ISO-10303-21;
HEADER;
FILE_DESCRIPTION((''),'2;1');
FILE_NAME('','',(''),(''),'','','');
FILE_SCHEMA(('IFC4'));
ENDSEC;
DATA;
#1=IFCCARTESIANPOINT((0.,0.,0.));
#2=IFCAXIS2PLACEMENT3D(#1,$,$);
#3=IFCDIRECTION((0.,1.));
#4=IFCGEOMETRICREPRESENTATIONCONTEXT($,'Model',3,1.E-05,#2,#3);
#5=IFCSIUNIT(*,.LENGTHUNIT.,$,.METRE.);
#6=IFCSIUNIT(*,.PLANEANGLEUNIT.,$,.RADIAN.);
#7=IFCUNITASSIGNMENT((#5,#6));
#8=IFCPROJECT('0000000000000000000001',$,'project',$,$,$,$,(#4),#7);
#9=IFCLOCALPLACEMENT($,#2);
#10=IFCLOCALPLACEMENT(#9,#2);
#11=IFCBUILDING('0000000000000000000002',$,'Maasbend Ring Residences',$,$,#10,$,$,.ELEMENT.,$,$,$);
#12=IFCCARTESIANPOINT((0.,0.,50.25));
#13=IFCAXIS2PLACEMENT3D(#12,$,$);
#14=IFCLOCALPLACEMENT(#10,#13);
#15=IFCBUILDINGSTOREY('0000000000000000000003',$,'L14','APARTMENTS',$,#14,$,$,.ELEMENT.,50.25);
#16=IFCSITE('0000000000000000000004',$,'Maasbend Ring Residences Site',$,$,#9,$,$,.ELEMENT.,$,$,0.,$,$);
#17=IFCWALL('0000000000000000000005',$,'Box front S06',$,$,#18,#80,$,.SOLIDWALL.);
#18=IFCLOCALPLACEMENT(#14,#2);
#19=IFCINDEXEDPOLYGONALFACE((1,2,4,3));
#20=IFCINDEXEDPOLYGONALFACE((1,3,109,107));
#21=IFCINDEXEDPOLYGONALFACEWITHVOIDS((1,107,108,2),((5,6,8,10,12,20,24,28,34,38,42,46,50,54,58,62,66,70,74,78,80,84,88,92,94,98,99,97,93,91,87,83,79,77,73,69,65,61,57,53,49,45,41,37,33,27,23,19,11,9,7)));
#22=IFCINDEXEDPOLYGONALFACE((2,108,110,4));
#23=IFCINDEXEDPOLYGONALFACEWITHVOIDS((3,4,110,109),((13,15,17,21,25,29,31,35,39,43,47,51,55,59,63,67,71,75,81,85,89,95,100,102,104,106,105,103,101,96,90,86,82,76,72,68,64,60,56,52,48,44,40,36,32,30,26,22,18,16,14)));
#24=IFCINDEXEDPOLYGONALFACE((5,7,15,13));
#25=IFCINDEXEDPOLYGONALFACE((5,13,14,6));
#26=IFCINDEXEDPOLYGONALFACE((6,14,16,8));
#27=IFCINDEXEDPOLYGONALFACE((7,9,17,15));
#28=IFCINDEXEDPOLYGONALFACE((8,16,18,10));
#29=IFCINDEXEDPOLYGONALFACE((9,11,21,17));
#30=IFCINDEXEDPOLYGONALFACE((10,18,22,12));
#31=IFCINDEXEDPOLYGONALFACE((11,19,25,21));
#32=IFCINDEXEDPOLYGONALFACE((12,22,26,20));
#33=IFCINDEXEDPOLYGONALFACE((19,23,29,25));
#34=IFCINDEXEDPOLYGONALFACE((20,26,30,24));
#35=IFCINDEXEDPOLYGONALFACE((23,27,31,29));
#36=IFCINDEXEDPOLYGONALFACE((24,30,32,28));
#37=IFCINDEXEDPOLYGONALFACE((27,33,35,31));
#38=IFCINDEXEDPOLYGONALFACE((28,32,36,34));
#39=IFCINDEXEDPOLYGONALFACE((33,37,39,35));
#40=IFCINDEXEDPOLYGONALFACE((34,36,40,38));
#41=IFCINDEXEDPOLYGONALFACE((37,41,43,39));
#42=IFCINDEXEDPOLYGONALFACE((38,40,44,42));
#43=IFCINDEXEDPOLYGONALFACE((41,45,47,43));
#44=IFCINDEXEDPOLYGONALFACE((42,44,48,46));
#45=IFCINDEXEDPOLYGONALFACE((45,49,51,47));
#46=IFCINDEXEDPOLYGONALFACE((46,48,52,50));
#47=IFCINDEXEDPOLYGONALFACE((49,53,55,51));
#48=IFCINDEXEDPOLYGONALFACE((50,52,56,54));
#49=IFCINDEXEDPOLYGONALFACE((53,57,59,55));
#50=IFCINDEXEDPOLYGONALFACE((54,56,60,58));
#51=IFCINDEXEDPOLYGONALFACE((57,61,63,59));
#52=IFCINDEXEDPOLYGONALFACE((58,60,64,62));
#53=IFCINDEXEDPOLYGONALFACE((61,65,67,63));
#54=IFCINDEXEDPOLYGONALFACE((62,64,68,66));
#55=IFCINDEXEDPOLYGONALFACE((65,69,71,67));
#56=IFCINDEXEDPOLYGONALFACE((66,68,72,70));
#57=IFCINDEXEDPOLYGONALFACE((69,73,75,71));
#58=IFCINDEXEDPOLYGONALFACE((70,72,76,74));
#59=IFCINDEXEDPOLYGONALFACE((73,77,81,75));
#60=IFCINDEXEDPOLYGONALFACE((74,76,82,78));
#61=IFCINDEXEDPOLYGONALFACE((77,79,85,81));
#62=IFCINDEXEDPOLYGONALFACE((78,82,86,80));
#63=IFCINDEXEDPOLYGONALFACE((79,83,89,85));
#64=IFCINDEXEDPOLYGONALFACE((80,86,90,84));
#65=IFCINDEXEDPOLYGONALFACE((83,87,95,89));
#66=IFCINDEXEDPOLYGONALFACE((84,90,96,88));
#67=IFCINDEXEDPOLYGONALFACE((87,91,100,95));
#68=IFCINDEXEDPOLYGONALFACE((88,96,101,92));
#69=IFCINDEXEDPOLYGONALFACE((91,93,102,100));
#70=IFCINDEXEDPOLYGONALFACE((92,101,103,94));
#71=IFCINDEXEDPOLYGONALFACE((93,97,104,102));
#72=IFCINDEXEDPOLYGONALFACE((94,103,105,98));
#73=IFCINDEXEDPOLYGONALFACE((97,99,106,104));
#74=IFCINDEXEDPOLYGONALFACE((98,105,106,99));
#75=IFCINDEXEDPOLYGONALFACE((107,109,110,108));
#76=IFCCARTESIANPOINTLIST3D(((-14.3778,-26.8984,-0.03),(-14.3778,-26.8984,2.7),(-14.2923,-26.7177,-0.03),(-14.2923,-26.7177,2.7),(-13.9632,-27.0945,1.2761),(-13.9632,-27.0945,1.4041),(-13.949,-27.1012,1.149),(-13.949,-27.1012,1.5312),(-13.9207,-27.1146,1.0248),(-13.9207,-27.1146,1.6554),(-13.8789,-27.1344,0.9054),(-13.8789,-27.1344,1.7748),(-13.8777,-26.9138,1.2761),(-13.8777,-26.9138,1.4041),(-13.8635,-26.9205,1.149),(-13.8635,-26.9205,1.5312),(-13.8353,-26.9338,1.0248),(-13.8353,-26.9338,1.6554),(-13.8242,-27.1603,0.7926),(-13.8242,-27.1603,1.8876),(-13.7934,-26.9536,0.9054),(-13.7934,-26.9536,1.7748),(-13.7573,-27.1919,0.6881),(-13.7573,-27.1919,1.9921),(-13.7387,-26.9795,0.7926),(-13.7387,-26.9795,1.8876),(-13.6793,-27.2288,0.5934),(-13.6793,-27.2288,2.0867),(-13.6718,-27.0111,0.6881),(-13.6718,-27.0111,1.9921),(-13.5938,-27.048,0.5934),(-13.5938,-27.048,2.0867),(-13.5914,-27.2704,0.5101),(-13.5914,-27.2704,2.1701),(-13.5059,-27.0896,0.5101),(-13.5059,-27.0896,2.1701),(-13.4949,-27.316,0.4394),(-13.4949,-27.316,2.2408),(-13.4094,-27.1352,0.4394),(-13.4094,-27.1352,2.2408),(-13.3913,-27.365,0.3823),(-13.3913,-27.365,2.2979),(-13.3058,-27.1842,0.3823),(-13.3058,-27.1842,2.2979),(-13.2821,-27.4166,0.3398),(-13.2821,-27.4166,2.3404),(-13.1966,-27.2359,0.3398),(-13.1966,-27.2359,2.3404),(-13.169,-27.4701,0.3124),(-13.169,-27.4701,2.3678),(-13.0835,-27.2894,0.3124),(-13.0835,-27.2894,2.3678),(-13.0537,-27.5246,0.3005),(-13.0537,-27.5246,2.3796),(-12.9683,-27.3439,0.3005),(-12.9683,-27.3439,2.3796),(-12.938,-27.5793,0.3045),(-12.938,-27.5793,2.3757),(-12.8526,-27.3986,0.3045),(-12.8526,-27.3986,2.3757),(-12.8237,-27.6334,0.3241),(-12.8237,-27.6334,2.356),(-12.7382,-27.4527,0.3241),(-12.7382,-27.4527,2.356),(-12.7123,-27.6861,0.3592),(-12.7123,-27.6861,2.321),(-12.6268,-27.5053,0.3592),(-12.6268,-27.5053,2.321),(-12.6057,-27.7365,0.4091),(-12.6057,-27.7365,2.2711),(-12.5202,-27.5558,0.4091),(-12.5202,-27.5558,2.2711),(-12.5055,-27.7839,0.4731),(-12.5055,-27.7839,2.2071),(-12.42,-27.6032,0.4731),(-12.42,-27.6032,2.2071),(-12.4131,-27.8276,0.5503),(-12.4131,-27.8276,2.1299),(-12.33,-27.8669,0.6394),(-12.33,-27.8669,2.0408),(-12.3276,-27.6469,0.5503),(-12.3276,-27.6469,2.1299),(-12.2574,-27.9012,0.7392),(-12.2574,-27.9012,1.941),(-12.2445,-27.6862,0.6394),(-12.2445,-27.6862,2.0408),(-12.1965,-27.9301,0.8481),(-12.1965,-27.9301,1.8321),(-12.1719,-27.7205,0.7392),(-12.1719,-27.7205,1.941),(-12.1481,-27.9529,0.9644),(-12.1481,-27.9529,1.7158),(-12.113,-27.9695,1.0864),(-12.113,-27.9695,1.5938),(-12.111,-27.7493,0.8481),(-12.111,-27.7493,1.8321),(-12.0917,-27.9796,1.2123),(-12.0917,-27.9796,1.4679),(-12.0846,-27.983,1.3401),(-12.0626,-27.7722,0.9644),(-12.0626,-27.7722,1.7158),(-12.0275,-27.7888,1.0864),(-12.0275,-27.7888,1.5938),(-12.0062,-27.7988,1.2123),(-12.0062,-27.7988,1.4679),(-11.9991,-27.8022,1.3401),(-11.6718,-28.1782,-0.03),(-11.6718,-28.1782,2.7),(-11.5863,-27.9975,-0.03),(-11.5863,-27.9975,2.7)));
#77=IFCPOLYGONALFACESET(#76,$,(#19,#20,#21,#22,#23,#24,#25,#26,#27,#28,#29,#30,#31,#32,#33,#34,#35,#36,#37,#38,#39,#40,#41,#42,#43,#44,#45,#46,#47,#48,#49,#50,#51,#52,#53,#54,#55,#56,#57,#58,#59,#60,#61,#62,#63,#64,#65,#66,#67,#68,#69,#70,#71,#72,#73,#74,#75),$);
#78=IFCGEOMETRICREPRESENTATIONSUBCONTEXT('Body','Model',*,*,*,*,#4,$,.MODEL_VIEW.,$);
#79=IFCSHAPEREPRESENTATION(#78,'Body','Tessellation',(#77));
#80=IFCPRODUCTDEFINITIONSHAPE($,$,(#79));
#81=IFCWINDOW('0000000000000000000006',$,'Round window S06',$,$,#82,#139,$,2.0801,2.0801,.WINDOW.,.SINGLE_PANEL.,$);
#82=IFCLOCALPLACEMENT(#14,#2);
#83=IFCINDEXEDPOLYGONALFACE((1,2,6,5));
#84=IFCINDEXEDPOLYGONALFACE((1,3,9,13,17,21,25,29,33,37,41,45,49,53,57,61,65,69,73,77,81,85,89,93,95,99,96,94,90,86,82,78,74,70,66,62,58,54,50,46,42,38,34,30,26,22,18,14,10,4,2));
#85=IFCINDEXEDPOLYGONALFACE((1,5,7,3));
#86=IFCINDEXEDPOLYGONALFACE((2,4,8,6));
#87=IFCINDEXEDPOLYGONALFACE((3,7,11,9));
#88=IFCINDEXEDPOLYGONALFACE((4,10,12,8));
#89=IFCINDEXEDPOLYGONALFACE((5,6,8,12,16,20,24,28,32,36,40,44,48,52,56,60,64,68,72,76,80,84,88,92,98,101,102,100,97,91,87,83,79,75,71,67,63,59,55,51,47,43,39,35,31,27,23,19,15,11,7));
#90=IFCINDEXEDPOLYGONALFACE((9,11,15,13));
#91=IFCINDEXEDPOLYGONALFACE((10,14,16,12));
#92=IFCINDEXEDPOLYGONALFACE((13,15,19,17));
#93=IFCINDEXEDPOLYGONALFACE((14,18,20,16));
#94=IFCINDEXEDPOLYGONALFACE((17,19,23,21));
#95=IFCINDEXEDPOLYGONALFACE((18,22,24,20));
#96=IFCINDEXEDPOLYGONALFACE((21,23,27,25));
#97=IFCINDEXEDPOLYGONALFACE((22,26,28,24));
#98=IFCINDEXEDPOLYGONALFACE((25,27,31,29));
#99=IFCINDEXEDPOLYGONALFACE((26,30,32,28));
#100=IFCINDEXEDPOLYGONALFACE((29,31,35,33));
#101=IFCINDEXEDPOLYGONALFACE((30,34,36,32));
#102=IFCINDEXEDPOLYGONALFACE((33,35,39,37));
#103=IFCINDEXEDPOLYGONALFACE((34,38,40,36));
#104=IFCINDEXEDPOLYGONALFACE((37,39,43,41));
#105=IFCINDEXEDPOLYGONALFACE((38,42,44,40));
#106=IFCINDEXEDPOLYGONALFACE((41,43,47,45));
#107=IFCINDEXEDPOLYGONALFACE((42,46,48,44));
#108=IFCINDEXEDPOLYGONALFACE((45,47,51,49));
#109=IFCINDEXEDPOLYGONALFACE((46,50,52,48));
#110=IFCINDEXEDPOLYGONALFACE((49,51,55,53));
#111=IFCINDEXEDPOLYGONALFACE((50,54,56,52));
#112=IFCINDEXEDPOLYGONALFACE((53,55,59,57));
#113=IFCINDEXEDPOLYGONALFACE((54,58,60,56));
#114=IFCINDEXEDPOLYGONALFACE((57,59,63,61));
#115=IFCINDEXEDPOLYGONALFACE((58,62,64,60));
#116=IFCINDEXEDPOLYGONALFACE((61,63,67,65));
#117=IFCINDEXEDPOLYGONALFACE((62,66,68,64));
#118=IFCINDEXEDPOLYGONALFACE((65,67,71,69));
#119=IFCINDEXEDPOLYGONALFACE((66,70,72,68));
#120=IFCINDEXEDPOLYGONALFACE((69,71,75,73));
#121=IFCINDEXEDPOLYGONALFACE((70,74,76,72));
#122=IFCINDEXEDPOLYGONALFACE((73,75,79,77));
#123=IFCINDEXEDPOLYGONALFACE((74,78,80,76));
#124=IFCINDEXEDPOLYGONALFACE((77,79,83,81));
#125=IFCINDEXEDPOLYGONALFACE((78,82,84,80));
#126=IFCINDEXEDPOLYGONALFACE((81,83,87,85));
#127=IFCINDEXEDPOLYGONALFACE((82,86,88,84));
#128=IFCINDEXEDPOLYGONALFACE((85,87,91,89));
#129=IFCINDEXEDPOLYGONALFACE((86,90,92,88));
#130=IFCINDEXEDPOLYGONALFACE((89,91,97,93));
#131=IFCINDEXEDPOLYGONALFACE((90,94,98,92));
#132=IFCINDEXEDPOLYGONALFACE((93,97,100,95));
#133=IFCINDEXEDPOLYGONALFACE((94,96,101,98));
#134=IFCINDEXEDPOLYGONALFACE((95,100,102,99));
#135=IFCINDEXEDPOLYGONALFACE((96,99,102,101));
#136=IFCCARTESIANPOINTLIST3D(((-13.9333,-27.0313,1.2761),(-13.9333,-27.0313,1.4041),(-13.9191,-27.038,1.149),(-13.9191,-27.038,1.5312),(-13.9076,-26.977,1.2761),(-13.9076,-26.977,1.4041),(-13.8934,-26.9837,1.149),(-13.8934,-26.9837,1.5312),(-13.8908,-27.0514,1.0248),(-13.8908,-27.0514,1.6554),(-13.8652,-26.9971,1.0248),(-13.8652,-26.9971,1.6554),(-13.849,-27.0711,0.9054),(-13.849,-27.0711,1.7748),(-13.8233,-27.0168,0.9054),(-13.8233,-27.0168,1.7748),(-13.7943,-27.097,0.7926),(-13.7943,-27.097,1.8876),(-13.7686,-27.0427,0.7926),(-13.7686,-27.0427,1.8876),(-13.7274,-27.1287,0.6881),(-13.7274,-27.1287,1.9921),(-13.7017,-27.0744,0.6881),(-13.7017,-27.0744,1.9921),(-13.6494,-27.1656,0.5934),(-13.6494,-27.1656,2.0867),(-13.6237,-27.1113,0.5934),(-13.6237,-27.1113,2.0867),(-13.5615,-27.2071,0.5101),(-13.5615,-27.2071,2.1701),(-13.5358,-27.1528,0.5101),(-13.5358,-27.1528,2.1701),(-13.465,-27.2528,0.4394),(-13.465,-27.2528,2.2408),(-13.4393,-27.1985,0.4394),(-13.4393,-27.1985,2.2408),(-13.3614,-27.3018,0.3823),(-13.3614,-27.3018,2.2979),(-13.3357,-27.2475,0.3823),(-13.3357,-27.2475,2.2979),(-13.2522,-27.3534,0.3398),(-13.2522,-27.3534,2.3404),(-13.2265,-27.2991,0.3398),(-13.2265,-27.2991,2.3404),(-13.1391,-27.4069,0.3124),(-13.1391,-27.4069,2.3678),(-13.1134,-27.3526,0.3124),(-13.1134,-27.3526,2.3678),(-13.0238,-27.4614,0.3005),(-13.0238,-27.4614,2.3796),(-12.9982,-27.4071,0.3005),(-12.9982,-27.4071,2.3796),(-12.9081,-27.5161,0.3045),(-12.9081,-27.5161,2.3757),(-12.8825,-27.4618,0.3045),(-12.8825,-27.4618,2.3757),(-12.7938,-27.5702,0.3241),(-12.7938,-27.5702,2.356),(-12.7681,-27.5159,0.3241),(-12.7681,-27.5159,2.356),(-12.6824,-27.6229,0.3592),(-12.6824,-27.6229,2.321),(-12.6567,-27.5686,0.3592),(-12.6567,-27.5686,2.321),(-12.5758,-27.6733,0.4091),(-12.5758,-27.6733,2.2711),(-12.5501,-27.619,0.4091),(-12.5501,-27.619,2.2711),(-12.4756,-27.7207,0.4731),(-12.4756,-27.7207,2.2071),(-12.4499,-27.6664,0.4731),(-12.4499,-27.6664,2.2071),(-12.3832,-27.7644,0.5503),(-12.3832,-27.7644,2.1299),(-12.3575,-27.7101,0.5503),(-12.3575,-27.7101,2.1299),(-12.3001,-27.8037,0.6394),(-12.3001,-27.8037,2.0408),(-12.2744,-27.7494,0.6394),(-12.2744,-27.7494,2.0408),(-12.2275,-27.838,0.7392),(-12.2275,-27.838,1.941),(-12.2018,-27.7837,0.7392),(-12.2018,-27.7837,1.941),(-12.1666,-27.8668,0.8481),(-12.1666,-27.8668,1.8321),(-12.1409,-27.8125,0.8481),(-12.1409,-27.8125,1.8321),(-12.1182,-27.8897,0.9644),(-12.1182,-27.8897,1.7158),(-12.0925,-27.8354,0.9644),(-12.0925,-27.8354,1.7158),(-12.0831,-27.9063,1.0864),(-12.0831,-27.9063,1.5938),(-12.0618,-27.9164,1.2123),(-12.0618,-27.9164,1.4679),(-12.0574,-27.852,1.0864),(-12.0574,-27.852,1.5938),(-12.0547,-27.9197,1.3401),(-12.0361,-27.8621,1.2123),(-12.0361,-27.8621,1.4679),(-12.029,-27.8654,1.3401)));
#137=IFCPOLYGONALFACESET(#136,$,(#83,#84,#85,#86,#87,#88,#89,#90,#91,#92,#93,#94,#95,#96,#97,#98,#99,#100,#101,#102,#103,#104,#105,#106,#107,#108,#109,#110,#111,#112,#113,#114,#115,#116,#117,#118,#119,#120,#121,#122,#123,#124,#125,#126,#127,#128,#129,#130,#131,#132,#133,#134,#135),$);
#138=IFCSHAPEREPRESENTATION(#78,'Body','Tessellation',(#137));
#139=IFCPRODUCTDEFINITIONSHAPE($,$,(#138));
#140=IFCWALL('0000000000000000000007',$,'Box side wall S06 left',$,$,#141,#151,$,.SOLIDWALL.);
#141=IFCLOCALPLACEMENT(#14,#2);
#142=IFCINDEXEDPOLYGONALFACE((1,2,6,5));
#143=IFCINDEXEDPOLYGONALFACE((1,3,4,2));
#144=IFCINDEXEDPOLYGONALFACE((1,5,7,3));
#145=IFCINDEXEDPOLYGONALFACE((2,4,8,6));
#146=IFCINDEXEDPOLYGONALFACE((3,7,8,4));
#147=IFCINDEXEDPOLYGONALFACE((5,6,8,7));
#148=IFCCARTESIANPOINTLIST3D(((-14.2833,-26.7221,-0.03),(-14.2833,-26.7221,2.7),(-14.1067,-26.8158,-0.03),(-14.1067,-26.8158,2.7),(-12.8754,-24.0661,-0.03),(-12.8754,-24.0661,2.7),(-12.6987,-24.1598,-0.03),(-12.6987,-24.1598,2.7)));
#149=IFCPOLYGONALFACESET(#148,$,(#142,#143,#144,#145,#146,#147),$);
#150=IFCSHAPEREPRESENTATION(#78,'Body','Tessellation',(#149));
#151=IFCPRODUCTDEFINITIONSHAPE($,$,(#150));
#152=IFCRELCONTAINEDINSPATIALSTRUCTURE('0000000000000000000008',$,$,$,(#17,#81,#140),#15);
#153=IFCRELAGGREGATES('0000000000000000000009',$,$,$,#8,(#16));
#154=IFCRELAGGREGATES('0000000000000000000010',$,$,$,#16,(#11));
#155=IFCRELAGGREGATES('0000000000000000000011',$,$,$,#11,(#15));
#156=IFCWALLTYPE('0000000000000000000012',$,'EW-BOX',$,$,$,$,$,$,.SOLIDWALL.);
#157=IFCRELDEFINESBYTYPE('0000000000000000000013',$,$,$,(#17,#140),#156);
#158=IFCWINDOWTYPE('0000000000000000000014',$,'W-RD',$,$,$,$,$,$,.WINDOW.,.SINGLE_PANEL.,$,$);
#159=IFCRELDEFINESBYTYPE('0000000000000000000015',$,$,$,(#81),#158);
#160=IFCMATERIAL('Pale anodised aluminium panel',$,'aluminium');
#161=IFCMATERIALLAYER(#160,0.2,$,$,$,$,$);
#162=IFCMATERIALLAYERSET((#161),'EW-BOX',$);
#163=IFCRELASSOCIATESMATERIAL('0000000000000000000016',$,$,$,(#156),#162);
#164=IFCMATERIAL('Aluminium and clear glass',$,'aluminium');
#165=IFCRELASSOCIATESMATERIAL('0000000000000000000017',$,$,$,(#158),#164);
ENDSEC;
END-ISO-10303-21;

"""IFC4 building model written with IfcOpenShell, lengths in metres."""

from ifc_helpers import new_model, si_unit, direction, frame, frame_2d, origin, place, context, subcontext, project, spatial, rectangle, circle, extrude, material, layer, layer_set, type_object, element, fill, save


model = new_model("IFC4")

# Units and contexts
model_context = context("Model", 3, precision=1e-05, world=origin(), true_north=direction((0.0, 1.0)))
body_context = subcontext(model_context, "Body", "Model", "MODEL_VIEW")
ifc_project = project(units=[si_unit("LENGTHUNIT", "METRE"), si_unit("PLANEANGLEUNIT", "RADIAN")], contexts=[model_context])

# Site, building, storey
site_placement = place(None, origin())
site = spatial("IfcSite", under=ifc_project, at=site_placement, Name="Maasbend Ring Residences Site", CompositionType="ELEMENT", RefElevation=0.0)
building_placement = place(site_placement, origin())
building = spatial("IfcBuilding", under=site, at=building_placement, Name="Maasbend Ring Residences", CompositionType="ELEMENT")
storey_placement = place(building_placement, frame((0.0, 0.0, 50.25)))
storey = spatial("IfcBuildingStorey", under=building, at=storey_placement, Name="L14", Description="APARTMENTS", CompositionType="ELEMENT", Elevation=50.25)

# Shared definitions
ifc_material_1 = material(Name="Pale anodised aluminium panel", Category="aluminium")
ifc_layer_1 = layer(ifc_material_1, 0.2)
ifc_layer_set_1 = layer_set([ifc_layer_1], Name="EW-BOX")
wall_type_1 = type_object("IfcWallType", Name="EW-BOX", PredefinedType="SOLIDWALL", material=ifc_layer_set_1)
ifc_material_2 = material(Name="Aluminium and clear glass", Category="aluminium")
window_type_1 = type_object("IfcWindowType", Name="W-RD", PartitioningType="SINGLE_PANEL", PredefinedType="WINDOW", material=ifc_material_2)

# Wall, opening, window
wall_1_placement = place(storey_placement, frame((-14.335, -26.8081, -0.03), z_axis=(0.0, 0.0, 1.0), x_axis=(0.904, -0.427532, 0.0)))
wall_1 = element("IfcWall", 1, at=wall_1_placement, inside=storey, type_object=wall_type_1, Name="Box front S06", PredefinedType="SOLIDWALL", context=body_context, shape_type="SweptSolid", body=[
    extrude(rectangle(XDim=2.9934, YDim=0.2, at=frame_2d((1.4966, 0.0))), origin(), (0.0, 0.0, 1.0), 2.73),
])
opening_1_placement = place(wall_1_placement, frame((0.4565, 0.0, 0.3301)))
opening_1 = element("IfcOpeningElement", 2, at=opening_1_placement, cuts=wall_1, PredefinedType="OPENING", context=body_context, shape_type="SweptSolid", body=[
    extrude(circle(Radius=1.04, at=frame_2d((1.04, 1.04))), frame((0.0, 0.1099, 0.0), z_axis=(0.0, -1.0, 0.0), x_axis=(1.0, 0.0, 0.0)), (0.0, 0.0, 1.0), 0.22),
])
window_1_placement = place(opening_1_placement, origin())
window_1 = element("IfcWindow", 3, at=window_1_placement, inside=storey, type_object=window_type_1, Name="Round window S06", OverallHeight=2.0801, OverallWidth=2.0801, PartitioningType="SINGLE_PANEL", PredefinedType="WINDOW", context=body_context, shape_type="SweptSolid", body=[
    extrude(circle(Radius=1.04, at=frame_2d((1.04, 1.04))), frame((0.0, 0.03, 0.0), z_axis=(0.0, -1.0, 0.0), x_axis=(1.0, 0.0, 0.0)), (0.0, 0.0, 1.0), 0.0601),
])
fill(opening_1, window_1)

# Wall
wall_2_placement = place(storey_placement, frame((-12.7871, -24.113, -0.03), z_axis=(0.0, 0.0, 1.0), x_axis=(-0.468365, -0.883535, 0.0)))
element("IfcWall", 4, at=wall_2_placement, inside=storey, type_object=wall_type_1, Name="Box side wall S06 left", PredefinedType="SOLIDWALL", context=body_context, shape_type="SweptSolid", body=[
    extrude(rectangle(XDim=3.0061, YDim=0.2, at=frame_2d((1.5029, 0.0))), origin(), (0.0, 0.0, 1.0), 2.73),
])

save(model, "model.ifc")
